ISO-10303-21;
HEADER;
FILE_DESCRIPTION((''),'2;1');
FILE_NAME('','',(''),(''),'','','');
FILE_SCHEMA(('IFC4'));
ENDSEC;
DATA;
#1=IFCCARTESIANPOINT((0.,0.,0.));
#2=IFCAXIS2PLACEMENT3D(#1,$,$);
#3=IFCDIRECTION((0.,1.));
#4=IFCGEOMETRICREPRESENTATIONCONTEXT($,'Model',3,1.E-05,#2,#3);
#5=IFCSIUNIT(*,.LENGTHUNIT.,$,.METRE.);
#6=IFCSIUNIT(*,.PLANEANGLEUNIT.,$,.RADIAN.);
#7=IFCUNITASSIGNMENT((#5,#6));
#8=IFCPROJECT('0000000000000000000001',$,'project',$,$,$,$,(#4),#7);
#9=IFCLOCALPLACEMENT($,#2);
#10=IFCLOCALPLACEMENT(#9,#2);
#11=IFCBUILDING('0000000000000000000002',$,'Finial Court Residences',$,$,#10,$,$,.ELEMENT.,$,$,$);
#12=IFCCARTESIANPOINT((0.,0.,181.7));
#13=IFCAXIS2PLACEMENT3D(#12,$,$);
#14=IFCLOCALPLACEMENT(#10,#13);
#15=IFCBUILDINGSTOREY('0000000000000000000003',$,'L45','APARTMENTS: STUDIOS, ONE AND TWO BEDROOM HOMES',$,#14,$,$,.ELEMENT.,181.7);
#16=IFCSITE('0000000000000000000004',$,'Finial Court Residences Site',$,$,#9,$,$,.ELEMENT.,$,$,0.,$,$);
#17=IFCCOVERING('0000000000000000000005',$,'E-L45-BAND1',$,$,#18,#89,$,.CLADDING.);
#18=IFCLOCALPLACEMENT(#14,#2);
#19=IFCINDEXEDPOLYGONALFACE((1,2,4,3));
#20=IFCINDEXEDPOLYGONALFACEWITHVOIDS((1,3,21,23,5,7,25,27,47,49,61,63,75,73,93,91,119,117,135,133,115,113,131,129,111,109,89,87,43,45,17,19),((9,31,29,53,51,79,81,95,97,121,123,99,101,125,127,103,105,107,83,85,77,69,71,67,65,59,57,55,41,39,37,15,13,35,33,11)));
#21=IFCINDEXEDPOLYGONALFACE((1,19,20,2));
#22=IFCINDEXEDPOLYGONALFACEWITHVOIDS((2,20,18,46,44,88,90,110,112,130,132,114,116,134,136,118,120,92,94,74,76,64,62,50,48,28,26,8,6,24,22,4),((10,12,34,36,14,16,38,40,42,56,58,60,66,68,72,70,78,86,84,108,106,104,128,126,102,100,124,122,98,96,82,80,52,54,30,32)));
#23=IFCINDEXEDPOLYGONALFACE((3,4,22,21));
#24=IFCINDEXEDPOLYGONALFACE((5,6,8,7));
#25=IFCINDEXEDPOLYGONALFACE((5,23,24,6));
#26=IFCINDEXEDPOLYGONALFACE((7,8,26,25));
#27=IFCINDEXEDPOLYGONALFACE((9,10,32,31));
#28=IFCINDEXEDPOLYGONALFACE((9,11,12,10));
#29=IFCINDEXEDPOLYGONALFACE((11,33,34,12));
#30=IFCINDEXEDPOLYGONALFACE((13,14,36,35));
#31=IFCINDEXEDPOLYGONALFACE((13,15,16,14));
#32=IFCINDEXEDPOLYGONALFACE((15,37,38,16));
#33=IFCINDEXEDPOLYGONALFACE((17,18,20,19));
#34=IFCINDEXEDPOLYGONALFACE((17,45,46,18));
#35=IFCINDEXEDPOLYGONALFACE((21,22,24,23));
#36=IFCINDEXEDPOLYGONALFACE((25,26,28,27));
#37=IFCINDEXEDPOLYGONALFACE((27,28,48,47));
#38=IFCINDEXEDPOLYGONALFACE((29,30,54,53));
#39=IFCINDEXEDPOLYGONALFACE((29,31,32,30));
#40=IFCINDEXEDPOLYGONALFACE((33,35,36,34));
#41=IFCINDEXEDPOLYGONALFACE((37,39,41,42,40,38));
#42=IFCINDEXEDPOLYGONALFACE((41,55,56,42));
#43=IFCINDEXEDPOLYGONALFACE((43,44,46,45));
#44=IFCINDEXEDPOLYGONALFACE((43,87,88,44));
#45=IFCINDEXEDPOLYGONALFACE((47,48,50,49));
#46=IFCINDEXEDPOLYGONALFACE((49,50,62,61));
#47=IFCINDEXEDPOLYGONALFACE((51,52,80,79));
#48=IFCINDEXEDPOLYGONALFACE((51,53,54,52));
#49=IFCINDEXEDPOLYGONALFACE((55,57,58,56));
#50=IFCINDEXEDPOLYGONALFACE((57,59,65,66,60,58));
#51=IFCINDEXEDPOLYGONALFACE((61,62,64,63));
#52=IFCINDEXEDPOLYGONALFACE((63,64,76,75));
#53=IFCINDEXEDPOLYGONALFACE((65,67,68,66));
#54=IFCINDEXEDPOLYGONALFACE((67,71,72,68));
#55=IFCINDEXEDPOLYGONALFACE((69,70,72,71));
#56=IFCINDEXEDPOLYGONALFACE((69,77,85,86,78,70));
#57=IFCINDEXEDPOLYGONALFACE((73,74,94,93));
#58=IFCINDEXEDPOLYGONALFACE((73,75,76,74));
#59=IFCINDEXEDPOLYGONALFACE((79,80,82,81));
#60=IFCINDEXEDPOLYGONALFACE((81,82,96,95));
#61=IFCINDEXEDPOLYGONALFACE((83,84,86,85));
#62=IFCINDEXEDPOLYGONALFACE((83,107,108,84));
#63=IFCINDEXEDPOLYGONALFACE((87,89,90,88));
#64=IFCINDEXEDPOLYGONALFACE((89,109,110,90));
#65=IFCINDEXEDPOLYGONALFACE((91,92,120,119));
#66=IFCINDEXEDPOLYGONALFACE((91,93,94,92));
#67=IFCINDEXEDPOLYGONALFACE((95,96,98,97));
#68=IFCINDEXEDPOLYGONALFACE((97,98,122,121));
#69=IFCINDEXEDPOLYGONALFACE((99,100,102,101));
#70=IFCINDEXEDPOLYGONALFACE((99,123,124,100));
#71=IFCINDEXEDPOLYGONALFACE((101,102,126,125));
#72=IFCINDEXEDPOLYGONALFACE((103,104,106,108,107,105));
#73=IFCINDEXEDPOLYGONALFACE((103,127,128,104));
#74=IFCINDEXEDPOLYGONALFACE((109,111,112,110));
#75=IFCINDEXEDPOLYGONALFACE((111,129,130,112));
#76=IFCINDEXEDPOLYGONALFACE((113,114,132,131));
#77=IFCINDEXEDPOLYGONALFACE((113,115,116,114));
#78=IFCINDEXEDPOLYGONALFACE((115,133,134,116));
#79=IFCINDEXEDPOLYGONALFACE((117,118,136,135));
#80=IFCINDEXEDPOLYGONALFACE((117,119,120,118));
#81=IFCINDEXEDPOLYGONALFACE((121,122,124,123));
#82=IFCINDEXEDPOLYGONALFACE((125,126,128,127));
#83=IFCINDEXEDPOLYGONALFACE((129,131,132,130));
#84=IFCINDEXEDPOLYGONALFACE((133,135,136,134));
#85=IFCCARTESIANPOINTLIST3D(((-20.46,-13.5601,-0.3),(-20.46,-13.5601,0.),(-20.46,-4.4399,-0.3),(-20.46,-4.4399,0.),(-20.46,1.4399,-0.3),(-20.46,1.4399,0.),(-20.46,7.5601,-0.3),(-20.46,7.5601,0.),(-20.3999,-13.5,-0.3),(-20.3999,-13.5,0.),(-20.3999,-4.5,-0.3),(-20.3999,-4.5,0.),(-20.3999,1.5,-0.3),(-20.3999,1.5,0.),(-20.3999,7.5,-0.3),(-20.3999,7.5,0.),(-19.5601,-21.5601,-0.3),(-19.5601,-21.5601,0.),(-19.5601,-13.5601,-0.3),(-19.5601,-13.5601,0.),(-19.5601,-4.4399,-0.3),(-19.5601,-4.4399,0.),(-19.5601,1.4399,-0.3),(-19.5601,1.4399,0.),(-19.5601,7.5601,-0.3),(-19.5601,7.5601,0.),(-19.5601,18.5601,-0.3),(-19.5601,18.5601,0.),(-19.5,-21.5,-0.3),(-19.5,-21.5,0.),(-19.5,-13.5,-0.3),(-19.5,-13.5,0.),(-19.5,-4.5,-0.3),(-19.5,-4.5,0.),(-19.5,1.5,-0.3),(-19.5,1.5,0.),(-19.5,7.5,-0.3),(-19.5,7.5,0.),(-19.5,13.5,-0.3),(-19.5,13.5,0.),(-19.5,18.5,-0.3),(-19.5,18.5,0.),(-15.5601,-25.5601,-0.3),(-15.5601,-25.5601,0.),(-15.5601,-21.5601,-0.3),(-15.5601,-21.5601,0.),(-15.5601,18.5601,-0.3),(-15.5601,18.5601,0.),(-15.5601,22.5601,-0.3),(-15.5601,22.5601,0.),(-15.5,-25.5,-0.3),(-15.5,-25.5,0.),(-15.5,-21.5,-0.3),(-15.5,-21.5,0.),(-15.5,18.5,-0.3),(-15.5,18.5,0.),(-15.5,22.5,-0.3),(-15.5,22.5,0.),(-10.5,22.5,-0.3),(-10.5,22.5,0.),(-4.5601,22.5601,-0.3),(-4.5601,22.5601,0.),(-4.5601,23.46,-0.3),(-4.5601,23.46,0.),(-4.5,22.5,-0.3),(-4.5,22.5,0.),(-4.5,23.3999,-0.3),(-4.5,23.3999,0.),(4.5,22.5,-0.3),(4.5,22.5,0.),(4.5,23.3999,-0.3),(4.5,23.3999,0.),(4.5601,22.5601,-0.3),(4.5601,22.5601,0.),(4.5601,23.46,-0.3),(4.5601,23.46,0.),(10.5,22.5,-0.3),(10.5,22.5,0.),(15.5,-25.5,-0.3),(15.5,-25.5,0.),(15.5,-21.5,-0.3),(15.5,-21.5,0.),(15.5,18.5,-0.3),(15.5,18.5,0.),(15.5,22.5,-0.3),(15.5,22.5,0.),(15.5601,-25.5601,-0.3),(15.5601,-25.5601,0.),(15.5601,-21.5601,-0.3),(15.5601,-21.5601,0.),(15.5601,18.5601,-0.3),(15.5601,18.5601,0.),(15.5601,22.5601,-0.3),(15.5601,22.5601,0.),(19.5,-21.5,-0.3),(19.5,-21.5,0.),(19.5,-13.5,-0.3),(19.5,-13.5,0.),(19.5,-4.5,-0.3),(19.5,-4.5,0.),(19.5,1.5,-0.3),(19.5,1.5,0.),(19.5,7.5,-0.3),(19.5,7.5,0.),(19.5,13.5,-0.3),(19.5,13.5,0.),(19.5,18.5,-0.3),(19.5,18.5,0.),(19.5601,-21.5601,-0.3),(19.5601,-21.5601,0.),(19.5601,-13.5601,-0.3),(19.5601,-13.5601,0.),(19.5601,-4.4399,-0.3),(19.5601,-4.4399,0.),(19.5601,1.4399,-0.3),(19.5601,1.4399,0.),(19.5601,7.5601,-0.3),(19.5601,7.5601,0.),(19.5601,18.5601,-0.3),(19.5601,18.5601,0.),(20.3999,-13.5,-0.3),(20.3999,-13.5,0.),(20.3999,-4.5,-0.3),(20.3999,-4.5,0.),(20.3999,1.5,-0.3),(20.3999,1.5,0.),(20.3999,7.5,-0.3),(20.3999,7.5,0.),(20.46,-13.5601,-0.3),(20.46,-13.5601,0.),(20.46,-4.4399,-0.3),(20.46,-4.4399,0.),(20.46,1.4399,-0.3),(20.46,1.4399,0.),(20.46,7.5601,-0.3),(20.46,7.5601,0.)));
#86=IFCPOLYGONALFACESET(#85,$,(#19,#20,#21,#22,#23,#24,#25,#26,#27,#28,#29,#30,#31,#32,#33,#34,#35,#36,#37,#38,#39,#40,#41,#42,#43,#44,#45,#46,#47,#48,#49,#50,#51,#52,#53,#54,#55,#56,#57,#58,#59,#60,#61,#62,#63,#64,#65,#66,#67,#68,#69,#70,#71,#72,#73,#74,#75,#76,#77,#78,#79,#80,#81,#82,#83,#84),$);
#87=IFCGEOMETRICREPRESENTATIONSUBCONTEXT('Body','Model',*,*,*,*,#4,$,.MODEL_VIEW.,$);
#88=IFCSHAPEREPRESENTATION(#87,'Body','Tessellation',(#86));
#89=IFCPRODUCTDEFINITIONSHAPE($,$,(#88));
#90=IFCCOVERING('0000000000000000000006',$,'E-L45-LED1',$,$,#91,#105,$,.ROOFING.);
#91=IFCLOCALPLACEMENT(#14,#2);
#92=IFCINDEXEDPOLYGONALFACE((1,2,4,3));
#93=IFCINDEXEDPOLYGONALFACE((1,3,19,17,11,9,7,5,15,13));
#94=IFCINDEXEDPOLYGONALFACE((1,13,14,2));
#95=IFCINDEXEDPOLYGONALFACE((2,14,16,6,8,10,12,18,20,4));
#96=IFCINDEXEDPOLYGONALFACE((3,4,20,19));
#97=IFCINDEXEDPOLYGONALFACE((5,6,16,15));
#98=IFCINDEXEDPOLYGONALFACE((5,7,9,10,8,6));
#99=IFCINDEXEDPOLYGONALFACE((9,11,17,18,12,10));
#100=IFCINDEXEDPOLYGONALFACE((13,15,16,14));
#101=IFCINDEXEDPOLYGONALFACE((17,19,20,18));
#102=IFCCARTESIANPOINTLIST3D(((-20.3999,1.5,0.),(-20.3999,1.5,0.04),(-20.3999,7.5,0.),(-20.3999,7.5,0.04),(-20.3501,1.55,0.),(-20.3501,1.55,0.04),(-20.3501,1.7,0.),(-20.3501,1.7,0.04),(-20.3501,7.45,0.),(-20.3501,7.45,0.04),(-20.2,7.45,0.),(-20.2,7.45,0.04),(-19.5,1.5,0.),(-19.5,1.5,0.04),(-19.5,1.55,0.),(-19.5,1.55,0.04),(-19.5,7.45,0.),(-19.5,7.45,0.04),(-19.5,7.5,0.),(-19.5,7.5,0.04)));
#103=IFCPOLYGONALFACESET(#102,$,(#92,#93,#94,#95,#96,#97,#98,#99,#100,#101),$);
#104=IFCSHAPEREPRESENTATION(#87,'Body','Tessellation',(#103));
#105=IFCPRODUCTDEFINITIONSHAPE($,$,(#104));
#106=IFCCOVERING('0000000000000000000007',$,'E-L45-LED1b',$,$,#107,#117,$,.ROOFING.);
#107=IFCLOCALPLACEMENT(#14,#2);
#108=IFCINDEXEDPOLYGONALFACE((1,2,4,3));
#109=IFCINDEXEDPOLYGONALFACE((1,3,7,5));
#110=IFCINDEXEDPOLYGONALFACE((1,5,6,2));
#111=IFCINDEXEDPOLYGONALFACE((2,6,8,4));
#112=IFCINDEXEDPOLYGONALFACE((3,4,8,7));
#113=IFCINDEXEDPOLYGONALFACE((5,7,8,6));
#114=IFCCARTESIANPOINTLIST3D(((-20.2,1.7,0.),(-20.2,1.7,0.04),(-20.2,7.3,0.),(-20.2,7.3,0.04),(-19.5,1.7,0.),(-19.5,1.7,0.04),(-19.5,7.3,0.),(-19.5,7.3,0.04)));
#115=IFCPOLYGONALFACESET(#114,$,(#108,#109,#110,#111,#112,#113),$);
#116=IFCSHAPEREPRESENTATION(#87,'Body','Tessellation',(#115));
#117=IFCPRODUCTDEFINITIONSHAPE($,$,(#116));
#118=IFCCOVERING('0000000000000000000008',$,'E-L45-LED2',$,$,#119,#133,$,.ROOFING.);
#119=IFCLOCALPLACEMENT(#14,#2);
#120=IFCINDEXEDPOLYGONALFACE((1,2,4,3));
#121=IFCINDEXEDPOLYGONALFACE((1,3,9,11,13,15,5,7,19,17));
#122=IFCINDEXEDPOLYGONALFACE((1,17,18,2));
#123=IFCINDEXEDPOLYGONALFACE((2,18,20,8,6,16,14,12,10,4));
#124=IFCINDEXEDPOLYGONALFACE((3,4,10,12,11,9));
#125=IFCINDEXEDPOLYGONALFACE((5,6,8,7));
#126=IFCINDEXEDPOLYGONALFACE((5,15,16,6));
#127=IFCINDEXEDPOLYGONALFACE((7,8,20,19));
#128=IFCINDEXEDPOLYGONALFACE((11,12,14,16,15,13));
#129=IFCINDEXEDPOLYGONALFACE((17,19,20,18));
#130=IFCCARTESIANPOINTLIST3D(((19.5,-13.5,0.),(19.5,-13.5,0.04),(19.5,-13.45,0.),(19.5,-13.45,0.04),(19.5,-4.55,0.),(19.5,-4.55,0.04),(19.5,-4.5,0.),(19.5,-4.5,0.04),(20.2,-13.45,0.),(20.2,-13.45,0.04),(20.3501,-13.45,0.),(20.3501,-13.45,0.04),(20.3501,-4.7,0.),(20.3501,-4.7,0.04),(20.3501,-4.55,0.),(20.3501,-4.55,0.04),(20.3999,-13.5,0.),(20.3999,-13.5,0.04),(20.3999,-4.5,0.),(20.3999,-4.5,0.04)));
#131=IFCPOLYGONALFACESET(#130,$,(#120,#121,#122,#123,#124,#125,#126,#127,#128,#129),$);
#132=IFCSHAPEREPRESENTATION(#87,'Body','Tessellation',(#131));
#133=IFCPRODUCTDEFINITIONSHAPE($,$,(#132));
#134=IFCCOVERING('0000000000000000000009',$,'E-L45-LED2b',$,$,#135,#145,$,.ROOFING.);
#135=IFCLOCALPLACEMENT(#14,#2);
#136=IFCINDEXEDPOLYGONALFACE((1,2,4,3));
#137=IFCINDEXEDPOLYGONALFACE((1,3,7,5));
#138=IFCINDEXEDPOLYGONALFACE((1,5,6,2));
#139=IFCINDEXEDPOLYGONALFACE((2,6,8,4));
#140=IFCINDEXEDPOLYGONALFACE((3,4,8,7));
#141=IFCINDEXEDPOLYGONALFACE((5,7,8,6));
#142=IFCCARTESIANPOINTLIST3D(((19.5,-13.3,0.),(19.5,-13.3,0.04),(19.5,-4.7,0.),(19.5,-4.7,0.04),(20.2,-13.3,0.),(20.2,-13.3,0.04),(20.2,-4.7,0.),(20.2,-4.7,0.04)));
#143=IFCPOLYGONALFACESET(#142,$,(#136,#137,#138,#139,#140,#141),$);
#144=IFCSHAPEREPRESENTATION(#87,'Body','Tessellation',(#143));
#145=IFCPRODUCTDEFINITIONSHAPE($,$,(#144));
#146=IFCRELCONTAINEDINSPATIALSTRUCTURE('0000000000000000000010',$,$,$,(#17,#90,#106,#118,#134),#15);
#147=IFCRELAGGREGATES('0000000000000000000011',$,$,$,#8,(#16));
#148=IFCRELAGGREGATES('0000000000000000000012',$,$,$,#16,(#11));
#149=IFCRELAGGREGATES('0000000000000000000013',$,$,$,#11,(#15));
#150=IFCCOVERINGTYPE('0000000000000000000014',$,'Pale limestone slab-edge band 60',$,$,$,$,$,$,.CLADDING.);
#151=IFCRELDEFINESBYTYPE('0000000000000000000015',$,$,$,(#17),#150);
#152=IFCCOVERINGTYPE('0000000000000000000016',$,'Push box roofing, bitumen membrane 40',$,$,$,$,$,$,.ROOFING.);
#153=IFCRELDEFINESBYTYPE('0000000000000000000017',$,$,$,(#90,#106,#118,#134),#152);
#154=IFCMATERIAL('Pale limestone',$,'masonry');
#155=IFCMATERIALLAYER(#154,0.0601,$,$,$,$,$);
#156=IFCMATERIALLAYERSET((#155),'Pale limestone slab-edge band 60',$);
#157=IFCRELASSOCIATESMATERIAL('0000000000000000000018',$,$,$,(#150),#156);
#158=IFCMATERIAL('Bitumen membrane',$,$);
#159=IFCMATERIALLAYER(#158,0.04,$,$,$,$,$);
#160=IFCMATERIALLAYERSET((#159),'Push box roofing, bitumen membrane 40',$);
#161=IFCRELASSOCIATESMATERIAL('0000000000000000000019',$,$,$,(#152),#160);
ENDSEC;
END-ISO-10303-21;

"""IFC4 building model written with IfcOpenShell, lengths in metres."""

from ifc_helpers import new_model, si_unit, direction, frame, origin, place, context, subcontext, project, spatial, polyline, outline, extrude, material, layer, layer_set, type_object, element, save


model = new_model("IFC4")

# Units and contexts
model_context = context("Model", 3, precision=1e-05, world=origin(), true_north=direction((0.0, 1.0)))
body_context = subcontext(model_context, "Body", "Model", "MODEL_VIEW")
ifc_project = project(units=[si_unit("LENGTHUNIT", "METRE"), si_unit("PLANEANGLEUNIT", "RADIAN")], contexts=[model_context])

# Site, building, storey
site_placement = place(None, origin())
site = spatial("IfcSite", under=ifc_project, at=site_placement, Name="Finial Court Residences Site", CompositionType="ELEMENT", RefElevation=0.0)
building_placement = place(site_placement, origin())
building = spatial("IfcBuilding", under=site, at=building_placement, Name="Finial Court Residences", CompositionType="ELEMENT")
storey_placement = place(building_placement, frame((0.0, 0.0, 181.7)))
storey = spatial("IfcBuildingStorey", under=building, at=storey_placement, Name="L45", Description="APARTMENTS: STUDIOS, ONE AND TWO BEDROOM HOMES", CompositionType="ELEMENT", Elevation=181.7)

# Coverings
ifc_material_1 = material(Name="Pale limestone", Category="masonry")
ifc_layer_1 = layer(ifc_material_1, 0.0601)
ifc_layer_set_1 = layer_set([ifc_layer_1], Name="Pale limestone slab-edge band 60")
covering_type_1 = type_object("IfcCoveringType", Name="Pale limestone slab-edge band 60", PredefinedType="CLADDING", material=ifc_layer_set_1)
covering_1_placement = place(storey_placement, frame((0.0, 0.0, -0.3)))
element("IfcCovering", 1, at=covering_1_placement, inside=storey, type_object=covering_type_1, Name="E-L45-BAND1", PredefinedType="CLADDING", context=body_context, shape_type="SweptSolid", body=[
    extrude(outline(polyline([(19.5601, -13.5601), (19.5601, -21.5601), (15.5601, -21.5601), (15.5601, -25.5601), (-15.5601, -25.5601), (-15.5601, -21.5601), (-19.5601, -21.5601), (-19.5601, -13.5601), (-20.46, -13.5601), (-20.46, -4.4399), (-19.5601, -4.4399), (-19.5601, 1.4399), (-20.46, 1.4399), (-20.46, 7.5601), (-19.5601, 7.5601), (-19.5601, 18.5601), (-15.5601, 18.5601), (-15.5601, 22.5601), (-4.5601, 22.5601), (-4.5601, 23.46), (4.5601, 23.46), (4.5601, 22.5601), (15.5601, 22.5601), (15.5601, 18.5601), (19.5601, 18.5601), (19.5601, 7.5601), (20.46, 7.5601), (20.46, 1.4399), (19.5601, 1.4399), (19.5601, -4.4399), (20.46, -4.4399), (20.46, -13.5601), (19.5601, -13.5601)]), holes=[polyline([(20.3999, -4.5), (19.5, -4.5), (19.5, 1.5), (20.3999, 1.5), (20.3999, 7.5), (19.5, 7.5), (19.5, 13.5), (19.5, 18.5), (15.5, 18.5), (15.5, 22.5), (10.5, 22.5), (4.5, 22.5), (4.5, 23.3999), (-4.5, 23.3999), (-4.5, 22.5), (-10.5, 22.5), (-15.5, 22.5), (-15.5, 18.5), (-19.5, 18.5), (-19.5, 13.5), (-19.5, 7.5), (-20.3999, 7.5), (-20.3999, 1.5), (-19.5, 1.5), (-19.5, -4.5), (-20.3999, -4.5), (-20.3999, -13.5), (-19.5, -13.5), (-19.5, -21.5), (-15.5, -21.5), (-15.5, -25.5), (15.5, -25.5), (15.5, -21.5), (19.5, -21.5), (19.5, -13.5), (20.3999, -13.5), (20.3999, -4.5)])]), origin(), (0.0, 0.0, 1.0), 0.3),
])
ifc_material_2 = material(Name="Bitumen membrane")
ifc_layer_2 = layer(ifc_material_2, 0.04)
ifc_layer_set_2 = layer_set([ifc_layer_2], Name="Push box roofing, bitumen membrane 40")
covering_type_2 = type_object("IfcCoveringType", Name="Push box roofing, bitumen membrane 40", PredefinedType="ROOFING", material=ifc_layer_set_2)
covering_2_placement = place(storey_placement, origin())
element("IfcCovering", 2, at=covering_2_placement, inside=storey, type_object=covering_type_2, Name="E-L45-LED1", PredefinedType="ROOFING", context=body_context, shape_type="SweptSolid", body=[
    extrude(outline(polyline([(-19.5, 7.45), (-20.2, 7.45), (-20.3501, 7.45), (-20.3501, 1.7), (-20.3501, 1.7), (-20.3501, 1.55), (-19.5, 1.55), (-19.5, 1.5), (-20.3999, 1.5), (-20.3999, 7.5), (-19.5, 7.5), (-19.5, 7.45)])), origin(), (0.0, 0.0, 1.0), 0.04),
])
covering_3_placement = place(storey_placement, origin())
element("IfcCovering", 3, at=covering_3_placement, inside=storey, type_object=covering_type_2, Name="E-L45-LED1b", PredefinedType="ROOFING", context=body_context, shape_type="SweptSolid", body=[
    extrude(outline(polyline([(-19.5, 1.7), (-20.2, 1.7), (-20.2, 7.3), (-19.5, 7.3), (-19.5, 1.7)])), origin(), (0.0, 0.0, 1.0), 0.04),
])
covering_4_placement = place(storey_placement, origin())
element("IfcCovering", 4, at=covering_4_placement, inside=storey, type_object=covering_type_2, Name="E-L45-LED2", PredefinedType="ROOFING", context=body_context, shape_type="SweptSolid", body=[
    extrude(outline(polyline([(19.5, -13.45), (20.2, -13.45), (20.3501, -13.45), (20.3501, -4.7), (20.3501, -4.7), (20.3501, -4.55), (19.5, -4.55), (19.5, -4.5), (20.3999, -4.5), (20.3999, -13.5), (19.5, -13.5), (19.5, -13.45)])), origin(), (0.0, 0.0, 1.0), 0.04),
])
covering_5_placement = place(storey_placement, origin())
element("IfcCovering", 5, at=covering_5_placement, inside=storey, type_object=covering_type_2, Name="E-L45-LED2b", PredefinedType="ROOFING", context=body_context, shape_type="SweptSolid", body=[
    extrude(outline(polyline([(19.5, -4.7), (20.2, -4.7), (20.2, -13.3), (19.5, -13.3), (19.5, -4.7)])), origin(), (0.0, 0.0, 1.0), 0.04),
])

save(model, "model.ifc")
